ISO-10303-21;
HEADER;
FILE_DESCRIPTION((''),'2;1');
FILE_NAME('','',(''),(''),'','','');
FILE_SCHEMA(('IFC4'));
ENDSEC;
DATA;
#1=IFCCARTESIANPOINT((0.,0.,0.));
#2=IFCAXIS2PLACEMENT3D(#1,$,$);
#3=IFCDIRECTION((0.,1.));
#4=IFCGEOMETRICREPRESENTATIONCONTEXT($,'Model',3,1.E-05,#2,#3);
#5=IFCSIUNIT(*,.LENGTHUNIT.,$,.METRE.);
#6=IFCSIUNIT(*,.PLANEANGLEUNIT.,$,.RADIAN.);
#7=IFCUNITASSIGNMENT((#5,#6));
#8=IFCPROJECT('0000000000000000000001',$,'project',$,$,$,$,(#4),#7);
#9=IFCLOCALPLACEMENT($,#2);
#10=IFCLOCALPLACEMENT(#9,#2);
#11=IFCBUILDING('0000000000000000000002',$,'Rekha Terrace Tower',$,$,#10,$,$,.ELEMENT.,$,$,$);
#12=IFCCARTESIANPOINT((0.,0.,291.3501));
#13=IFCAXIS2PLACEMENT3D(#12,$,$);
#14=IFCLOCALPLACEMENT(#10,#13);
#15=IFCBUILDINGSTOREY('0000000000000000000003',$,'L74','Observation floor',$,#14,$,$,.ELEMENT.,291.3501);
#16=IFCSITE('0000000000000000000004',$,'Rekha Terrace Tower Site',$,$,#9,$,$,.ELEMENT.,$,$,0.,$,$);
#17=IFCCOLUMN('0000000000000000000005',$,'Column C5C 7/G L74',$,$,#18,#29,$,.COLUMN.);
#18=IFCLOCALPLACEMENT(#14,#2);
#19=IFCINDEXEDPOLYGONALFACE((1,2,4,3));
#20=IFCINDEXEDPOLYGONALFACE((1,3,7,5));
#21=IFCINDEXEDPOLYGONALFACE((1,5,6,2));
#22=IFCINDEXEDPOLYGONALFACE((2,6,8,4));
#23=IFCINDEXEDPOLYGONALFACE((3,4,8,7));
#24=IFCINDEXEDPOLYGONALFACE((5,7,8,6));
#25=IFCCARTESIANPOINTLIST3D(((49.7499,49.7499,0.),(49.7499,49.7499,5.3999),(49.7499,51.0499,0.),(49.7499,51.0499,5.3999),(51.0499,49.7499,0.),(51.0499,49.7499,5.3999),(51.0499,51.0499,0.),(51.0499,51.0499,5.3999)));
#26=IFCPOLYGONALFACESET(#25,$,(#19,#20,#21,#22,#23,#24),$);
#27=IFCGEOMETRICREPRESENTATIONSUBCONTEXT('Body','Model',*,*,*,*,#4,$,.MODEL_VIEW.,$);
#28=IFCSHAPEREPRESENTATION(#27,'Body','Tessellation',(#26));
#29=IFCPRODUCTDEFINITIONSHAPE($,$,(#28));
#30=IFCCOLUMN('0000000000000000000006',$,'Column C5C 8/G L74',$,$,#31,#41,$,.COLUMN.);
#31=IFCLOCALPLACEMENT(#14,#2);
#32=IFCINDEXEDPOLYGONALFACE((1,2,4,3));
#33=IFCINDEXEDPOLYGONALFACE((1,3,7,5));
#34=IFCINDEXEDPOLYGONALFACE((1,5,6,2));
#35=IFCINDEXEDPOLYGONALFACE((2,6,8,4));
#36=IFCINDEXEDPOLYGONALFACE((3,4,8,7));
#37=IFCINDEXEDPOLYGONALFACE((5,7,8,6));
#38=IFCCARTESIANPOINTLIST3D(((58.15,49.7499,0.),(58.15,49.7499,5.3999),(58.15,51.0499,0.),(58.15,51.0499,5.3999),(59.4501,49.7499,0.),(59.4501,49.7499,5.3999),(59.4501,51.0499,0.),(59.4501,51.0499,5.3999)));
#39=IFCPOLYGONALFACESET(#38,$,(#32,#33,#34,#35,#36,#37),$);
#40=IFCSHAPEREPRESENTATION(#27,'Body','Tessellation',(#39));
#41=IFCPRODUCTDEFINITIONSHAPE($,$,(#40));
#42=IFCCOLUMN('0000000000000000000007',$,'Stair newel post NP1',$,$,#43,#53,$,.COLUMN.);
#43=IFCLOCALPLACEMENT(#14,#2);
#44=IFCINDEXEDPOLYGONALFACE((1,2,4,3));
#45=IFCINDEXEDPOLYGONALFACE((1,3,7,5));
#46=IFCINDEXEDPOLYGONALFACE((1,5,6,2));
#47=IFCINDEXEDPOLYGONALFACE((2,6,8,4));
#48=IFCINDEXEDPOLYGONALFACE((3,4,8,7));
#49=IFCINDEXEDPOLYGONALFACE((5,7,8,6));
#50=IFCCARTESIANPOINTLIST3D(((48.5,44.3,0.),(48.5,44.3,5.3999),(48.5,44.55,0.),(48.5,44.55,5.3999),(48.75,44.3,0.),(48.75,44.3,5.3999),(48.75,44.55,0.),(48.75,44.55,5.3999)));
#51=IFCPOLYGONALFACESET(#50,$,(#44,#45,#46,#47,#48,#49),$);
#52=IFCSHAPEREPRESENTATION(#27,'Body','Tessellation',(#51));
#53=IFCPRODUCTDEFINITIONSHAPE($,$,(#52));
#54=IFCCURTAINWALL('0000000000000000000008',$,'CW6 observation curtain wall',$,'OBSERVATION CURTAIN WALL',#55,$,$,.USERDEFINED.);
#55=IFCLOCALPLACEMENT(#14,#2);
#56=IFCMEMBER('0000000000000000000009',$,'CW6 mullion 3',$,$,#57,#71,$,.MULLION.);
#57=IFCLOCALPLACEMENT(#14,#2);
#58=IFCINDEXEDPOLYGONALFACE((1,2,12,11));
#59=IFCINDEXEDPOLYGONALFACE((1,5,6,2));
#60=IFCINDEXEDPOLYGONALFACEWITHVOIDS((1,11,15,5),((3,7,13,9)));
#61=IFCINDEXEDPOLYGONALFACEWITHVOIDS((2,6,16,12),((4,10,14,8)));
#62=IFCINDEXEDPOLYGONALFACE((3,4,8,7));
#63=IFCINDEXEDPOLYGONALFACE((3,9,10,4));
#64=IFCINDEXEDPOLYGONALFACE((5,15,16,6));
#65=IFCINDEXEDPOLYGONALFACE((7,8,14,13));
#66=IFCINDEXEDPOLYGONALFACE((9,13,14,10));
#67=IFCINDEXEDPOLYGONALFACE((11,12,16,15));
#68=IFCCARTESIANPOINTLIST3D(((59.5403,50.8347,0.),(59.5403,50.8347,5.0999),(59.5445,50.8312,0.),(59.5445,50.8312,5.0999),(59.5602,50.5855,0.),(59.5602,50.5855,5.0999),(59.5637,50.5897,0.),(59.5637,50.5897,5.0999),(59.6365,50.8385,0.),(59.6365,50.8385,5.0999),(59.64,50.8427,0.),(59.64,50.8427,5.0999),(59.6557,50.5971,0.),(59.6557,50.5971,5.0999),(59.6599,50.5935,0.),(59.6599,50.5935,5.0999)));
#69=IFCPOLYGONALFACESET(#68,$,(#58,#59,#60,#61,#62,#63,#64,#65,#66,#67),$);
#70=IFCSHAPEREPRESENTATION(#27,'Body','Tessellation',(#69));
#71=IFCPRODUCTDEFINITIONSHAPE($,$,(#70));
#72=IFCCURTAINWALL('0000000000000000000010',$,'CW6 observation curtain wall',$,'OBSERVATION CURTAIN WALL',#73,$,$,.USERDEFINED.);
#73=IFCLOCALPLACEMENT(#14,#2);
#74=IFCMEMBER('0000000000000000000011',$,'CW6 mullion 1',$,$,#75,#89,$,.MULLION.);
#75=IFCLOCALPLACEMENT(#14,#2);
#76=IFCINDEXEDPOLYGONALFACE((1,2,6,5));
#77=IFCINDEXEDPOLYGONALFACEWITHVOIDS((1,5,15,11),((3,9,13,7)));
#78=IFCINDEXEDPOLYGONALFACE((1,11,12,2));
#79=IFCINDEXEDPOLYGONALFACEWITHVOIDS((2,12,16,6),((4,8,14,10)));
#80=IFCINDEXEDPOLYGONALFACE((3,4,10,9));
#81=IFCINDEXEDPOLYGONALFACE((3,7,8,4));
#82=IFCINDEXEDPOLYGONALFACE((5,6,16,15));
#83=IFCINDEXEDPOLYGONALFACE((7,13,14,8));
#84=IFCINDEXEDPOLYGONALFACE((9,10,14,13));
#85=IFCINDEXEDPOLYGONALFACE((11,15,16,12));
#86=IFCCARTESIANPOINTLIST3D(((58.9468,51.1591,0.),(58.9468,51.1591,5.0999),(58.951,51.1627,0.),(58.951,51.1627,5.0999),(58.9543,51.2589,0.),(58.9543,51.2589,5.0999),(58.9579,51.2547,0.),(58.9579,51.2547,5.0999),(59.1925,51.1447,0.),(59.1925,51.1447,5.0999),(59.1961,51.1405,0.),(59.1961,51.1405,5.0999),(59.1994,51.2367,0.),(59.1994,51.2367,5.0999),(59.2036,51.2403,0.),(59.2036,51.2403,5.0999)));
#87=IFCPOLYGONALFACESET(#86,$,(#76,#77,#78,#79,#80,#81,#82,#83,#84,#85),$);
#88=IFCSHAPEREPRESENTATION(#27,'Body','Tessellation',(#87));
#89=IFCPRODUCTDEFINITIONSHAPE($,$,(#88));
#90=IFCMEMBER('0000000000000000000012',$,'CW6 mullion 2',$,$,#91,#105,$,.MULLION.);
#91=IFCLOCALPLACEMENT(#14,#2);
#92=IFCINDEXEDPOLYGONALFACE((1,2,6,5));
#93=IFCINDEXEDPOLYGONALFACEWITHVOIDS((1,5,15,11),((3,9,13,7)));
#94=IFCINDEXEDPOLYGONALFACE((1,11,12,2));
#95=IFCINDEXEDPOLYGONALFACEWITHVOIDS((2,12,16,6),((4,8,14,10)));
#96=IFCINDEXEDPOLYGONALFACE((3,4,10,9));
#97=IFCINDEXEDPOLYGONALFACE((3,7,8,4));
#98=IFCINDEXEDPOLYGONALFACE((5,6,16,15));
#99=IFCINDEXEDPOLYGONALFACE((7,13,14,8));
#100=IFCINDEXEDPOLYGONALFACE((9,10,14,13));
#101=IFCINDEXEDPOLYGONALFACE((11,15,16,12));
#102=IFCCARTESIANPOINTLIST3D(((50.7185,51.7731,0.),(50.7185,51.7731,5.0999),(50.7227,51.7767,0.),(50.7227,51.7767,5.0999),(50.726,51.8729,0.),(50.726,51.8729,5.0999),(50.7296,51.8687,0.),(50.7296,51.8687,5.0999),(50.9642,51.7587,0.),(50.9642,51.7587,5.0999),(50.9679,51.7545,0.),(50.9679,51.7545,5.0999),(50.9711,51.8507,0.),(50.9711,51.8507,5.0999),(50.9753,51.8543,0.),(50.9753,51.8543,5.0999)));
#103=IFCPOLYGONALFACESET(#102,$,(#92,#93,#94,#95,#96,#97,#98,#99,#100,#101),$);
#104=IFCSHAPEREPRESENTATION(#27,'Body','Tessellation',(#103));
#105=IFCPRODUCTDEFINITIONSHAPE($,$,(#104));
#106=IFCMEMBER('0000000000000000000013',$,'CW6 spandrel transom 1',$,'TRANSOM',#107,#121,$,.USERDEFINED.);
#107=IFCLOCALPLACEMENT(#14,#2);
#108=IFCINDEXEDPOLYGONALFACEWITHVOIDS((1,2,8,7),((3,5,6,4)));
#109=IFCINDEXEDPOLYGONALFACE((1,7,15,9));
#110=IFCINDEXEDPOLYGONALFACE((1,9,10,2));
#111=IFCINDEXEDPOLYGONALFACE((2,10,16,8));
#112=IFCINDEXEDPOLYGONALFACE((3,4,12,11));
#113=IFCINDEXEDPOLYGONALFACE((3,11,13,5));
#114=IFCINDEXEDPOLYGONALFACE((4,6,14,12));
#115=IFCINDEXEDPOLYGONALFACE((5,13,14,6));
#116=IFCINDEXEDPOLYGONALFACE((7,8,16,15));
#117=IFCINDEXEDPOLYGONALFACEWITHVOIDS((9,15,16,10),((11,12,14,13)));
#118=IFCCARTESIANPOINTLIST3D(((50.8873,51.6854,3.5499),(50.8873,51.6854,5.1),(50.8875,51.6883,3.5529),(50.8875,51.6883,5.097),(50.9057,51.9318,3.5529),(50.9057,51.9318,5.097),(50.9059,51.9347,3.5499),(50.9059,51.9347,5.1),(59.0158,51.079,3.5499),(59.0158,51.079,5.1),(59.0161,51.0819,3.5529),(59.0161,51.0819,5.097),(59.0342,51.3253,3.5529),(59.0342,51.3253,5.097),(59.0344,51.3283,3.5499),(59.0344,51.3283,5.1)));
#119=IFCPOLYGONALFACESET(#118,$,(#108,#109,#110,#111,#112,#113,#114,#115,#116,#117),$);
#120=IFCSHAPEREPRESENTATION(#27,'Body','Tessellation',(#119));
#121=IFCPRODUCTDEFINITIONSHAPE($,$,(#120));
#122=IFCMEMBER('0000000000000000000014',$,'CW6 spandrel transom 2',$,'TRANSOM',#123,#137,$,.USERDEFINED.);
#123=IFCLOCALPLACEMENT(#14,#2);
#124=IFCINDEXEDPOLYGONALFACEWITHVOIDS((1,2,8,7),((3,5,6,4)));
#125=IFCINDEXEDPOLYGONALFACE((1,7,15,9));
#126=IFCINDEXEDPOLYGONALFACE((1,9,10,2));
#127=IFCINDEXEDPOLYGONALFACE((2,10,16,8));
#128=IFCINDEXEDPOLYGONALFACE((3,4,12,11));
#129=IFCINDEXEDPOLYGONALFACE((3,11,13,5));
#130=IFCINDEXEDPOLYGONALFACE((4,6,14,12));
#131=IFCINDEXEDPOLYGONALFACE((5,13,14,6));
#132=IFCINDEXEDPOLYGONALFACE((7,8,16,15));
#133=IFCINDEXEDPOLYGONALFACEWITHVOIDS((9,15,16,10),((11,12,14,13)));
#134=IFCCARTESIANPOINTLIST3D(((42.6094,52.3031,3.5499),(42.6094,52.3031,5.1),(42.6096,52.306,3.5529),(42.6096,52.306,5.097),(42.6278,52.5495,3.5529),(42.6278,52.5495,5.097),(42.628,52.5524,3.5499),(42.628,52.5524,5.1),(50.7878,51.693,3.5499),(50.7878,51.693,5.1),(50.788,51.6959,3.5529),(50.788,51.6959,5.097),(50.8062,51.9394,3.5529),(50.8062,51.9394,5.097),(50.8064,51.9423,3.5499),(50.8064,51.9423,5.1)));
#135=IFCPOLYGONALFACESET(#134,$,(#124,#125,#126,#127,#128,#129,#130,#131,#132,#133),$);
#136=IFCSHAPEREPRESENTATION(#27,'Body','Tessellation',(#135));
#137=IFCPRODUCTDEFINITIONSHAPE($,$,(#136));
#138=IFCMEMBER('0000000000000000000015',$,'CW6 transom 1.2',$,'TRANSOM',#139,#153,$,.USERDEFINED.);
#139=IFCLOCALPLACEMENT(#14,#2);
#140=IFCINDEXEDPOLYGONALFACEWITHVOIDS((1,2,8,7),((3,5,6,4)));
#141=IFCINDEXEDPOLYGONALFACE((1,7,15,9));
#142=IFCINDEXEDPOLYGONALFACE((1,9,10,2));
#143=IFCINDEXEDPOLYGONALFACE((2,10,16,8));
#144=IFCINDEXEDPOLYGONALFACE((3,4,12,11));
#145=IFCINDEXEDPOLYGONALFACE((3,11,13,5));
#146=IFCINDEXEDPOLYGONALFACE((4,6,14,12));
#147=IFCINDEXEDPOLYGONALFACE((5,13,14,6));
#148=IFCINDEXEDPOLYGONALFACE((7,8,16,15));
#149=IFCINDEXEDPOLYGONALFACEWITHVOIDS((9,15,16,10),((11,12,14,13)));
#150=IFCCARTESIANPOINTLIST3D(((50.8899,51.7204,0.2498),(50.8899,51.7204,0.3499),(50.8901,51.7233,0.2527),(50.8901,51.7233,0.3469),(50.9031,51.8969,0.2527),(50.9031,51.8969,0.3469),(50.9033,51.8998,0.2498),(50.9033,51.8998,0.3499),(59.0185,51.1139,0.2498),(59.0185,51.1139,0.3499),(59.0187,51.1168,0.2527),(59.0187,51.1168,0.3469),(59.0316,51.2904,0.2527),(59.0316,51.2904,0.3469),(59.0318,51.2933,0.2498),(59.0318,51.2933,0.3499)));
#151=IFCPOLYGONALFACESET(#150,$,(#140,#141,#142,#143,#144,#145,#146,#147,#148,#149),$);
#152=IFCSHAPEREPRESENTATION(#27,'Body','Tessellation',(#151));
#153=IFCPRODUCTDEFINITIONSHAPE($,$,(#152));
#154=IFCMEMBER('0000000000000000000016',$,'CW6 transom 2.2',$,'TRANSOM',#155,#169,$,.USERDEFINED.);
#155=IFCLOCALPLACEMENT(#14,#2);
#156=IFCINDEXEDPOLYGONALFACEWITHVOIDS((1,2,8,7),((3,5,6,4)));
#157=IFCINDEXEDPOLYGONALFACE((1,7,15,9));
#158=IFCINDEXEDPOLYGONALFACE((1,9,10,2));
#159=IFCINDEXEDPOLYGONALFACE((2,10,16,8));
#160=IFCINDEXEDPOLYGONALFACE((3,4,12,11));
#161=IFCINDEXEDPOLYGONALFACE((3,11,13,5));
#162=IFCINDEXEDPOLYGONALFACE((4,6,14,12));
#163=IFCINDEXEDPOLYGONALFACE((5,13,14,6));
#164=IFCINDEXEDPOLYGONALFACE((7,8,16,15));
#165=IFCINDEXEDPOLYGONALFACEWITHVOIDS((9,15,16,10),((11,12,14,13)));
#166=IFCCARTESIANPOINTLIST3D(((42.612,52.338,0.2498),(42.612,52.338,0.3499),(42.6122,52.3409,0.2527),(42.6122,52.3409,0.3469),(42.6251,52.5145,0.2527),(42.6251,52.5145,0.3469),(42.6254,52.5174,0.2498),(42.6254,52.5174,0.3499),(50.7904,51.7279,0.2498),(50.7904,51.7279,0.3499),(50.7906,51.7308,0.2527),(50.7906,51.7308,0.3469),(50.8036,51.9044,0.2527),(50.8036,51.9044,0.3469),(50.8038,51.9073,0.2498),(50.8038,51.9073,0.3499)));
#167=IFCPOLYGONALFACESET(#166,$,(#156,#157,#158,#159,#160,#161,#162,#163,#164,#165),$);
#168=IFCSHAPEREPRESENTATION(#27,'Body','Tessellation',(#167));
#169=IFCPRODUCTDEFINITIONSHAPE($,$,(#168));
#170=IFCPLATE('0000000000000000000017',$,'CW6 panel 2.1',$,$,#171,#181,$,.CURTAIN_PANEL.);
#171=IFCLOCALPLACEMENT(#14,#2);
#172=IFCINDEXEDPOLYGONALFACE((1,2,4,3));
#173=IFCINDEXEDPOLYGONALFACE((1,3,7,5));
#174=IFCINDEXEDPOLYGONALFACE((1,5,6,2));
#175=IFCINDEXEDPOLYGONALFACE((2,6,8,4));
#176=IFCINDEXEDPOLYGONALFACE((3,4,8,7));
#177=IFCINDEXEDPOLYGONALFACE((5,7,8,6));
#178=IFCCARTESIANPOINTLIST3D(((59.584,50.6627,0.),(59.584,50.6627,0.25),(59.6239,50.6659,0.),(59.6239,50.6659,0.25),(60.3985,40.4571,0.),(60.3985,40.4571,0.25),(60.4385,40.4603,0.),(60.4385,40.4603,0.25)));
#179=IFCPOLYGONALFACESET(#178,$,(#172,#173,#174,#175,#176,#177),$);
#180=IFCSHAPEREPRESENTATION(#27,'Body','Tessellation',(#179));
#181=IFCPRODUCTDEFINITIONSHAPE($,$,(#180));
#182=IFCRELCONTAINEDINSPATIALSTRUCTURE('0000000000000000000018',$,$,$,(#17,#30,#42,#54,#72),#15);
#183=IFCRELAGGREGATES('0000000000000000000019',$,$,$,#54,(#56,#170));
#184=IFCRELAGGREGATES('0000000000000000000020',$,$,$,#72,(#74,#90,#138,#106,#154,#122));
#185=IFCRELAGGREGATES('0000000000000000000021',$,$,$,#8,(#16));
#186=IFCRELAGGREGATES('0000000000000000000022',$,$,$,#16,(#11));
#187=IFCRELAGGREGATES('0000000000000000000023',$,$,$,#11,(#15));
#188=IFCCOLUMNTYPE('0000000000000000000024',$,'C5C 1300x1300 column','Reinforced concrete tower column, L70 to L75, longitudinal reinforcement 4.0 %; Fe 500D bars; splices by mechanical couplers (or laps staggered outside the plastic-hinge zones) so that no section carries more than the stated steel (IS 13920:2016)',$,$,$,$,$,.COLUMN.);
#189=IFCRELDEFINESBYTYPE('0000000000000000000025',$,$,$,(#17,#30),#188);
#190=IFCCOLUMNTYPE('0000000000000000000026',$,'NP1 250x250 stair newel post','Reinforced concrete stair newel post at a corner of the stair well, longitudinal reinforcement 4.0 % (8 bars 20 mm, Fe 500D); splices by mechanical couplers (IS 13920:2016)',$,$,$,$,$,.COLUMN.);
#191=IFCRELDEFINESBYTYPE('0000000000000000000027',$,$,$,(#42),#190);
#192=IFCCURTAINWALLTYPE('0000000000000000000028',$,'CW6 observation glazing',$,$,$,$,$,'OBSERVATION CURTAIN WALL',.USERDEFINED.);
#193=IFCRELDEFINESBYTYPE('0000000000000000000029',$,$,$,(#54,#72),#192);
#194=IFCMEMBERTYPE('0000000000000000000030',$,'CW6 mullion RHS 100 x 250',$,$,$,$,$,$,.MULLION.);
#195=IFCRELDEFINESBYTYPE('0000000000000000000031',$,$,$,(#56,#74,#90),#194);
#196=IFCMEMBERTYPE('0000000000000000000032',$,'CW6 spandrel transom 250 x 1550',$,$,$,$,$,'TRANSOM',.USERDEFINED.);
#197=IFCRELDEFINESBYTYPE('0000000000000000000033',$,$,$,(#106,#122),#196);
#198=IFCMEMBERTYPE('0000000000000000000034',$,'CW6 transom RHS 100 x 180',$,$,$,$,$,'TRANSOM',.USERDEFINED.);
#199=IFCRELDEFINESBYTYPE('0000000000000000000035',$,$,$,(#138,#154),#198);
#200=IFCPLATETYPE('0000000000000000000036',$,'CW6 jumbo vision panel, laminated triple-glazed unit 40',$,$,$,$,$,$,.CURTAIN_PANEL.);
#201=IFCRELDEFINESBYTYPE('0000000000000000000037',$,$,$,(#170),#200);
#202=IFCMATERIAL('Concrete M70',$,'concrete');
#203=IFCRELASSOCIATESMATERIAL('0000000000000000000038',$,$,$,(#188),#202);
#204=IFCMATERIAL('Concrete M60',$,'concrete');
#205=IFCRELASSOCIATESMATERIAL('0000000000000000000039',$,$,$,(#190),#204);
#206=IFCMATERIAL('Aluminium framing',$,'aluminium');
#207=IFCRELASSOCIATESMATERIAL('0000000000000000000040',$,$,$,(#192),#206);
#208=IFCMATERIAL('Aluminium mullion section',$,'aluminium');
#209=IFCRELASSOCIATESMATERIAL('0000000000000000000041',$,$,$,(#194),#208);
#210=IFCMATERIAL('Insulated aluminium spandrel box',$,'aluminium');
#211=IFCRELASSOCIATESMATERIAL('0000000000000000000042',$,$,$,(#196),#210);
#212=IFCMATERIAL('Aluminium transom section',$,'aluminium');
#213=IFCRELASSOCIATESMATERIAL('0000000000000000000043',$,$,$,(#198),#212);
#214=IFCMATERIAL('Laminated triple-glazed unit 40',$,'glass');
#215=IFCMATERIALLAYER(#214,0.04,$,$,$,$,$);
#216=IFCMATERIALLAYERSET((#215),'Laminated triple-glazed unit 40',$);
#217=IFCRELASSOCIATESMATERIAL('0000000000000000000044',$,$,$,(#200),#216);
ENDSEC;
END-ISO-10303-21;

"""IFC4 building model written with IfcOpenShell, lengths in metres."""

from ifc_helpers import new_model, si_unit, direction, frame, origin, origin_2d, place, context, subcontext, project, spatial, rectangle, hollow_rectangle, extrude, material, layer, layer_set, material_profile, profile_set, type_object, element, aggregate, save


model = new_model("IFC4")

# Units and contexts
model_context = context("Model", 3, precision=1e-05, world=origin(), true_north=direction((0.0, 1.0)))
body_context = subcontext(model_context, "Body", "Model", "MODEL_VIEW")
ifc_project = project(units=[si_unit("LENGTHUNIT", "METRE"), si_unit("PLANEANGLEUNIT", "RADIAN")], contexts=[model_context])

# Site, building, storey
site_placement = place(None, origin())
site = spatial("IfcSite", under=ifc_project, at=site_placement, Name="Rekha Terrace Tower Site", CompositionType="ELEMENT", RefElevation=0.0)
building_placement = place(site_placement, origin())
building = spatial("IfcBuilding", under=site, at=building_placement, Name="Rekha Terrace Tower", CompositionType="ELEMENT")
storey_placement = place(building_placement, frame((0.0, 0.0, 291.3501)))
storey = spatial("IfcBuildingStorey", under=building, at=storey_placement, Name="L74", Description="Observation floor", CompositionType="ELEMENT", Elevation=291.3501)

# Columns
ifc_material_1 = material(Name="Concrete M70", Category="concrete")
ifc_material_profile_1 = material_profile(ifc_material_1, rectangle(XDim=1.3, YDim=1.3, at=origin_2d()), Name="RC 1300x1300")
ifc_profile_set_1 = profile_set([ifc_material_profile_1], Name="Concrete M70")
column_type_1 = type_object("IfcColumnType", Name="C5C 1300x1300 column", Description="Reinforced concrete tower column, L70 to L75, longitudinal reinforcement 4.0 %; Fe 500D bars; splices by mechanical couplers (or laps staggered outside the plastic-hinge zones) so that no section carries more than the stated steel (IS 13920:2016)", PredefinedType="COLUMN", material=ifc_profile_set_1)
for number, where, z_axis, x_axis, name in (
    (1, (50.3999, 50.3999, 0.0), (0.0, 0.0, 1.0), (1.0, 0.0, 0.0), "Column C5C 7/G L74"),
    (2, (58.8, 50.3999, 0.0), (0.0, 0.0, 1.0), (1.0, 0.0, 0.0), "Column C5C 8/G L74"),
):
    element("IfcColumn", number, at=place(storey_placement, frame(where, z_axis=z_axis, x_axis=x_axis)), inside=storey, type_object=column_type_1, Name=name, PredefinedType="COLUMN", context=body_context, shape_type="SweptSolid", body=[
        extrude(rectangle(XDim=1.3, YDim=1.3, at=origin_2d()), origin(), (0.0, 0.0, 1.0), 5.3999),
    ])
ifc_material_2 = material(Name="Concrete M60", Category="concrete")
ifc_material_profile_2 = material_profile(ifc_material_2, rectangle(XDim=0.25, YDim=0.25, at=origin_2d()), Name="RC 250x250")
ifc_profile_set_2 = profile_set([ifc_material_profile_2], Name="Concrete M60")
column_type_2 = type_object("IfcColumnType", Name="NP1 250x250 stair newel post", Description="Reinforced concrete stair newel post at a corner of the stair well, longitudinal reinforcement 4.0 % (8 bars 20 mm, Fe 500D); splices by mechanical couplers (IS 13920:2016)", PredefinedType="COLUMN", material=ifc_profile_set_2)
column_placement = place(storey_placement, frame((48.625, 44.425, 0.0), z_axis=(0.0, 0.0, 1.0), x_axis=(1.0, 0.0, 0.0)))
element("IfcColumn", 3, at=column_placement, inside=storey, type_object=column_type_2, Name="Stair newel post NP1", PredefinedType="COLUMN", context=body_context, shape_type="SweptSolid", body=[
    extrude(rectangle(XDim=0.25, YDim=0.25, at=origin_2d()), origin(), (0.0, 0.0, 1.0), 5.3999),
])

# Curtain wall, member
ifc_material_3 = material(Name="Aluminium framing", Category="aluminium")
curtain_wall_type = type_object("IfcCurtainWallType", Name="CW6 observation glazing", ElementType="OBSERVATION CURTAIN WALL", PredefinedType="USERDEFINED", material=ifc_material_3)
curtain_wall_1_placement = place(storey_placement, origin())
curtain_wall_1 = element("IfcCurtainWall", 4, at=curtain_wall_1_placement, inside=storey, type_object=curtain_wall_type, Name="CW6 observation curtain wall", ObjectType="OBSERVATION CURTAIN WALL", PredefinedType="USERDEFINED")
ifc_material_4 = material(Name="Aluminium mullion section", Category="aluminium")
ifc_material_profile_3 = material_profile(ifc_material_4, hollow_rectangle(XDim=0.1001, YDim=0.25, WallThickness=0.0039, at=origin_2d()), Name="AL RHS 100x250")
ifc_profile_set_3 = profile_set([ifc_material_profile_3], Name="Aluminium mullion section")
member_type_1 = type_object("IfcMemberType", Name="CW6 mullion RHS 100 x 250", PredefinedType="MULLION", material=ifc_profile_set_3)
member_1_placement = place(storey_placement, frame((59.6001, 50.7141, 0.0), z_axis=(0.0, 0.0, 1.0), x_axis=(-0.99683, -0.079559, 0.0)))
member_1 = element("IfcMember", 5, at=member_1_placement, type_object=member_type_1, Name="CW6 mullion 3", PredefinedType="MULLION", context=body_context, shape_type="SweptSolid", body=[
    extrude(hollow_rectangle(XDim=0.1001, YDim=0.25, WallThickness=0.0039, at=origin_2d()), origin(), (0.0, 0.0, 1.0), 5.0999),
])

# Curtain wall, members
curtain_wall_2_placement = place(storey_placement, origin())
curtain_wall_2 = element("IfcCurtainWall", 6, at=curtain_wall_2_placement, inside=storey, type_object=curtain_wall_type, Name="CW6 observation curtain wall", ObjectType="OBSERVATION CURTAIN WALL", PredefinedType="USERDEFINED")
member_2_placement = place(storey_placement, frame((59.0752, 51.1997, 0.0), z_axis=(0.0, 0.0, 1.0), x_axis=(-0.074414, -0.997227, 0.0)))
member_2 = element("IfcMember", 7, at=member_2_placement, type_object=member_type_1, Name="CW6 mullion 1", PredefinedType="MULLION", context=body_context, shape_type="SweptSolid", body=[
    extrude(hollow_rectangle(XDim=0.1001, YDim=0.25, WallThickness=0.0039, at=origin_2d()), origin(), (0.0, 0.0, 1.0), 5.0999),
])
member_3_placement = place(storey_placement, frame((50.8469, 51.8137, 0.0), z_axis=(0.0, 0.0, 1.0), x_axis=(-0.074414, -0.997227, 0.0)))
member_3 = element("IfcMember", 8, at=member_3_placement, type_object=member_type_1, Name="CW6 mullion 2", PredefinedType="MULLION", context=body_context, shape_type="SweptSolid", body=[
    extrude(hollow_rectangle(XDim=0.1001, YDim=0.25, WallThickness=0.0039, at=origin_2d()), origin(), (0.0, 0.0, 1.0), 5.0999),
])
ifc_material_5 = material(Name="Insulated aluminium spandrel box", Category="aluminium")
ifc_material_profile_4 = material_profile(ifc_material_5, hollow_rectangle(XDim=0.25, YDim=1.55, WallThickness=0.0029, at=origin_2d()), Name="AL SPANDREL BOX 250x1550")
ifc_profile_set_4 = profile_set([ifc_material_profile_4], Name="Insulated aluminium spandrel box")
member_type_2 = type_object("IfcMemberType", Name="CW6 spandrel transom 250 x 1550", ElementType="TRANSOM", PredefinedType="USERDEFINED", material=ifc_profile_set_4)
member_4_placement = place(storey_placement, frame((59.0251, 51.2036, 4.325), z_axis=(-0.997228, 0.074401, 0.0), x_axis=(-0.074401, -0.997228, 0.0)))
member_4 = element("IfcMember", 9, at=member_4_placement, type_object=member_type_2, Name="CW6 spandrel transom 1", ObjectType="TRANSOM", PredefinedType="USERDEFINED", context=body_context, shape_type="SweptSolid", body=[
    extrude(hollow_rectangle(XDim=0.25, YDim=1.55, WallThickness=0.0029, at=origin_2d()), origin(), (0.0, 0.0, 1.0), 8.1511),
])
member_5_placement = place(storey_placement, frame((50.7971, 51.8176, 4.325), z_axis=(-0.997229, 0.074393, 0.0), x_axis=(-0.074393, -0.997229, 0.0)))
member_5 = element("IfcMember", 10, at=member_5_placement, type_object=member_type_2, Name="CW6 spandrel transom 2", ObjectType="TRANSOM", PredefinedType="USERDEFINED", context=body_context, shape_type="SweptSolid", body=[
    extrude(hollow_rectangle(XDim=0.25, YDim=1.55, WallThickness=0.0029, at=origin_2d()), origin(), (0.0, 0.0, 1.0), 8.2012),
])
ifc_material_6 = material(Name="Aluminium transom section", Category="aluminium")
ifc_material_profile_5 = material_profile(ifc_material_6, hollow_rectangle(XDim=0.1799, YDim=0.1001, WallThickness=0.0029, at=origin_2d()), Name="AL RHS 180x100")
ifc_profile_set_5 = profile_set([ifc_material_profile_5], Name="Aluminium transom section")
member_type_3 = type_object("IfcMemberType", Name="CW6 transom RHS 100 x 180", ElementType="TRANSOM", PredefinedType="USERDEFINED", material=ifc_profile_set_5)
member_6_placement = place(storey_placement, frame((59.0251, 51.2036, 0.2998), z_axis=(-0.997228, 0.074401, 0.0), x_axis=(-0.074401, -0.997228, 0.0)))
member_6 = element("IfcMember", 11, at=member_6_placement, type_object=member_type_3, Name="CW6 transom 1.2", ObjectType="TRANSOM", PredefinedType="USERDEFINED", context=body_context, shape_type="SweptSolid", body=[
    extrude(hollow_rectangle(XDim=0.1799, YDim=0.1001, WallThickness=0.0029, at=origin_2d()), origin(), (0.0, 0.0, 1.0), 8.1511),
])
member_7_placement = place(storey_placement, frame((50.7971, 51.8176, 0.2998), z_axis=(-0.997229, 0.074393, 0.0), x_axis=(-0.074393, -0.997229, 0.0)))
member_7 = element("IfcMember", 12, at=member_7_placement, type_object=member_type_3, Name="CW6 transom 2.2", ObjectType="TRANSOM", PredefinedType="USERDEFINED", context=body_context, shape_type="SweptSolid", body=[
    extrude(hollow_rectangle(XDim=0.1799, YDim=0.1001, WallThickness=0.0029, at=origin_2d()), origin(), (0.0, 0.0, 1.0), 8.2012),
])

# Plate
ifc_material_7 = material(Name="Laminated triple-glazed unit 40", Category="glass")
ifc_layer_1 = layer(ifc_material_7, 0.04)
ifc_layer_set_1 = layer_set([ifc_layer_1], Name="Laminated triple-glazed unit 40")
plate_type = type_object("IfcPlateType", Name="CW6 jumbo vision panel, laminated triple-glazed unit 40", PredefinedType="CURTAIN_PANEL", material=ifc_layer_set_1)
plate_1_placement = place(storey_placement, frame((60.0112, 45.5615, 0.0), z_axis=(0.0, 0.0, 1.0), x_axis=(-0.079559, 0.99683, 0.0)))
plate_1 = element("IfcPlate", 13, at=plate_1_placement, type_object=plate_type, Name="CW6 panel 2.1", PredefinedType="CURTAIN_PANEL", context=body_context, shape_type="SweptSolid", body=[
    extrude(rectangle(XDim=10.238, YDim=0.04, at=origin_2d()), origin(), (0.0, 0.0, 1.0), 0.25),
])
aggregate(curtain_wall_1, [member_1, plate_1])
aggregate(curtain_wall_2, [member_2, member_3, member_6, member_4, member_7, member_5])

save(model, "model.ifc")
